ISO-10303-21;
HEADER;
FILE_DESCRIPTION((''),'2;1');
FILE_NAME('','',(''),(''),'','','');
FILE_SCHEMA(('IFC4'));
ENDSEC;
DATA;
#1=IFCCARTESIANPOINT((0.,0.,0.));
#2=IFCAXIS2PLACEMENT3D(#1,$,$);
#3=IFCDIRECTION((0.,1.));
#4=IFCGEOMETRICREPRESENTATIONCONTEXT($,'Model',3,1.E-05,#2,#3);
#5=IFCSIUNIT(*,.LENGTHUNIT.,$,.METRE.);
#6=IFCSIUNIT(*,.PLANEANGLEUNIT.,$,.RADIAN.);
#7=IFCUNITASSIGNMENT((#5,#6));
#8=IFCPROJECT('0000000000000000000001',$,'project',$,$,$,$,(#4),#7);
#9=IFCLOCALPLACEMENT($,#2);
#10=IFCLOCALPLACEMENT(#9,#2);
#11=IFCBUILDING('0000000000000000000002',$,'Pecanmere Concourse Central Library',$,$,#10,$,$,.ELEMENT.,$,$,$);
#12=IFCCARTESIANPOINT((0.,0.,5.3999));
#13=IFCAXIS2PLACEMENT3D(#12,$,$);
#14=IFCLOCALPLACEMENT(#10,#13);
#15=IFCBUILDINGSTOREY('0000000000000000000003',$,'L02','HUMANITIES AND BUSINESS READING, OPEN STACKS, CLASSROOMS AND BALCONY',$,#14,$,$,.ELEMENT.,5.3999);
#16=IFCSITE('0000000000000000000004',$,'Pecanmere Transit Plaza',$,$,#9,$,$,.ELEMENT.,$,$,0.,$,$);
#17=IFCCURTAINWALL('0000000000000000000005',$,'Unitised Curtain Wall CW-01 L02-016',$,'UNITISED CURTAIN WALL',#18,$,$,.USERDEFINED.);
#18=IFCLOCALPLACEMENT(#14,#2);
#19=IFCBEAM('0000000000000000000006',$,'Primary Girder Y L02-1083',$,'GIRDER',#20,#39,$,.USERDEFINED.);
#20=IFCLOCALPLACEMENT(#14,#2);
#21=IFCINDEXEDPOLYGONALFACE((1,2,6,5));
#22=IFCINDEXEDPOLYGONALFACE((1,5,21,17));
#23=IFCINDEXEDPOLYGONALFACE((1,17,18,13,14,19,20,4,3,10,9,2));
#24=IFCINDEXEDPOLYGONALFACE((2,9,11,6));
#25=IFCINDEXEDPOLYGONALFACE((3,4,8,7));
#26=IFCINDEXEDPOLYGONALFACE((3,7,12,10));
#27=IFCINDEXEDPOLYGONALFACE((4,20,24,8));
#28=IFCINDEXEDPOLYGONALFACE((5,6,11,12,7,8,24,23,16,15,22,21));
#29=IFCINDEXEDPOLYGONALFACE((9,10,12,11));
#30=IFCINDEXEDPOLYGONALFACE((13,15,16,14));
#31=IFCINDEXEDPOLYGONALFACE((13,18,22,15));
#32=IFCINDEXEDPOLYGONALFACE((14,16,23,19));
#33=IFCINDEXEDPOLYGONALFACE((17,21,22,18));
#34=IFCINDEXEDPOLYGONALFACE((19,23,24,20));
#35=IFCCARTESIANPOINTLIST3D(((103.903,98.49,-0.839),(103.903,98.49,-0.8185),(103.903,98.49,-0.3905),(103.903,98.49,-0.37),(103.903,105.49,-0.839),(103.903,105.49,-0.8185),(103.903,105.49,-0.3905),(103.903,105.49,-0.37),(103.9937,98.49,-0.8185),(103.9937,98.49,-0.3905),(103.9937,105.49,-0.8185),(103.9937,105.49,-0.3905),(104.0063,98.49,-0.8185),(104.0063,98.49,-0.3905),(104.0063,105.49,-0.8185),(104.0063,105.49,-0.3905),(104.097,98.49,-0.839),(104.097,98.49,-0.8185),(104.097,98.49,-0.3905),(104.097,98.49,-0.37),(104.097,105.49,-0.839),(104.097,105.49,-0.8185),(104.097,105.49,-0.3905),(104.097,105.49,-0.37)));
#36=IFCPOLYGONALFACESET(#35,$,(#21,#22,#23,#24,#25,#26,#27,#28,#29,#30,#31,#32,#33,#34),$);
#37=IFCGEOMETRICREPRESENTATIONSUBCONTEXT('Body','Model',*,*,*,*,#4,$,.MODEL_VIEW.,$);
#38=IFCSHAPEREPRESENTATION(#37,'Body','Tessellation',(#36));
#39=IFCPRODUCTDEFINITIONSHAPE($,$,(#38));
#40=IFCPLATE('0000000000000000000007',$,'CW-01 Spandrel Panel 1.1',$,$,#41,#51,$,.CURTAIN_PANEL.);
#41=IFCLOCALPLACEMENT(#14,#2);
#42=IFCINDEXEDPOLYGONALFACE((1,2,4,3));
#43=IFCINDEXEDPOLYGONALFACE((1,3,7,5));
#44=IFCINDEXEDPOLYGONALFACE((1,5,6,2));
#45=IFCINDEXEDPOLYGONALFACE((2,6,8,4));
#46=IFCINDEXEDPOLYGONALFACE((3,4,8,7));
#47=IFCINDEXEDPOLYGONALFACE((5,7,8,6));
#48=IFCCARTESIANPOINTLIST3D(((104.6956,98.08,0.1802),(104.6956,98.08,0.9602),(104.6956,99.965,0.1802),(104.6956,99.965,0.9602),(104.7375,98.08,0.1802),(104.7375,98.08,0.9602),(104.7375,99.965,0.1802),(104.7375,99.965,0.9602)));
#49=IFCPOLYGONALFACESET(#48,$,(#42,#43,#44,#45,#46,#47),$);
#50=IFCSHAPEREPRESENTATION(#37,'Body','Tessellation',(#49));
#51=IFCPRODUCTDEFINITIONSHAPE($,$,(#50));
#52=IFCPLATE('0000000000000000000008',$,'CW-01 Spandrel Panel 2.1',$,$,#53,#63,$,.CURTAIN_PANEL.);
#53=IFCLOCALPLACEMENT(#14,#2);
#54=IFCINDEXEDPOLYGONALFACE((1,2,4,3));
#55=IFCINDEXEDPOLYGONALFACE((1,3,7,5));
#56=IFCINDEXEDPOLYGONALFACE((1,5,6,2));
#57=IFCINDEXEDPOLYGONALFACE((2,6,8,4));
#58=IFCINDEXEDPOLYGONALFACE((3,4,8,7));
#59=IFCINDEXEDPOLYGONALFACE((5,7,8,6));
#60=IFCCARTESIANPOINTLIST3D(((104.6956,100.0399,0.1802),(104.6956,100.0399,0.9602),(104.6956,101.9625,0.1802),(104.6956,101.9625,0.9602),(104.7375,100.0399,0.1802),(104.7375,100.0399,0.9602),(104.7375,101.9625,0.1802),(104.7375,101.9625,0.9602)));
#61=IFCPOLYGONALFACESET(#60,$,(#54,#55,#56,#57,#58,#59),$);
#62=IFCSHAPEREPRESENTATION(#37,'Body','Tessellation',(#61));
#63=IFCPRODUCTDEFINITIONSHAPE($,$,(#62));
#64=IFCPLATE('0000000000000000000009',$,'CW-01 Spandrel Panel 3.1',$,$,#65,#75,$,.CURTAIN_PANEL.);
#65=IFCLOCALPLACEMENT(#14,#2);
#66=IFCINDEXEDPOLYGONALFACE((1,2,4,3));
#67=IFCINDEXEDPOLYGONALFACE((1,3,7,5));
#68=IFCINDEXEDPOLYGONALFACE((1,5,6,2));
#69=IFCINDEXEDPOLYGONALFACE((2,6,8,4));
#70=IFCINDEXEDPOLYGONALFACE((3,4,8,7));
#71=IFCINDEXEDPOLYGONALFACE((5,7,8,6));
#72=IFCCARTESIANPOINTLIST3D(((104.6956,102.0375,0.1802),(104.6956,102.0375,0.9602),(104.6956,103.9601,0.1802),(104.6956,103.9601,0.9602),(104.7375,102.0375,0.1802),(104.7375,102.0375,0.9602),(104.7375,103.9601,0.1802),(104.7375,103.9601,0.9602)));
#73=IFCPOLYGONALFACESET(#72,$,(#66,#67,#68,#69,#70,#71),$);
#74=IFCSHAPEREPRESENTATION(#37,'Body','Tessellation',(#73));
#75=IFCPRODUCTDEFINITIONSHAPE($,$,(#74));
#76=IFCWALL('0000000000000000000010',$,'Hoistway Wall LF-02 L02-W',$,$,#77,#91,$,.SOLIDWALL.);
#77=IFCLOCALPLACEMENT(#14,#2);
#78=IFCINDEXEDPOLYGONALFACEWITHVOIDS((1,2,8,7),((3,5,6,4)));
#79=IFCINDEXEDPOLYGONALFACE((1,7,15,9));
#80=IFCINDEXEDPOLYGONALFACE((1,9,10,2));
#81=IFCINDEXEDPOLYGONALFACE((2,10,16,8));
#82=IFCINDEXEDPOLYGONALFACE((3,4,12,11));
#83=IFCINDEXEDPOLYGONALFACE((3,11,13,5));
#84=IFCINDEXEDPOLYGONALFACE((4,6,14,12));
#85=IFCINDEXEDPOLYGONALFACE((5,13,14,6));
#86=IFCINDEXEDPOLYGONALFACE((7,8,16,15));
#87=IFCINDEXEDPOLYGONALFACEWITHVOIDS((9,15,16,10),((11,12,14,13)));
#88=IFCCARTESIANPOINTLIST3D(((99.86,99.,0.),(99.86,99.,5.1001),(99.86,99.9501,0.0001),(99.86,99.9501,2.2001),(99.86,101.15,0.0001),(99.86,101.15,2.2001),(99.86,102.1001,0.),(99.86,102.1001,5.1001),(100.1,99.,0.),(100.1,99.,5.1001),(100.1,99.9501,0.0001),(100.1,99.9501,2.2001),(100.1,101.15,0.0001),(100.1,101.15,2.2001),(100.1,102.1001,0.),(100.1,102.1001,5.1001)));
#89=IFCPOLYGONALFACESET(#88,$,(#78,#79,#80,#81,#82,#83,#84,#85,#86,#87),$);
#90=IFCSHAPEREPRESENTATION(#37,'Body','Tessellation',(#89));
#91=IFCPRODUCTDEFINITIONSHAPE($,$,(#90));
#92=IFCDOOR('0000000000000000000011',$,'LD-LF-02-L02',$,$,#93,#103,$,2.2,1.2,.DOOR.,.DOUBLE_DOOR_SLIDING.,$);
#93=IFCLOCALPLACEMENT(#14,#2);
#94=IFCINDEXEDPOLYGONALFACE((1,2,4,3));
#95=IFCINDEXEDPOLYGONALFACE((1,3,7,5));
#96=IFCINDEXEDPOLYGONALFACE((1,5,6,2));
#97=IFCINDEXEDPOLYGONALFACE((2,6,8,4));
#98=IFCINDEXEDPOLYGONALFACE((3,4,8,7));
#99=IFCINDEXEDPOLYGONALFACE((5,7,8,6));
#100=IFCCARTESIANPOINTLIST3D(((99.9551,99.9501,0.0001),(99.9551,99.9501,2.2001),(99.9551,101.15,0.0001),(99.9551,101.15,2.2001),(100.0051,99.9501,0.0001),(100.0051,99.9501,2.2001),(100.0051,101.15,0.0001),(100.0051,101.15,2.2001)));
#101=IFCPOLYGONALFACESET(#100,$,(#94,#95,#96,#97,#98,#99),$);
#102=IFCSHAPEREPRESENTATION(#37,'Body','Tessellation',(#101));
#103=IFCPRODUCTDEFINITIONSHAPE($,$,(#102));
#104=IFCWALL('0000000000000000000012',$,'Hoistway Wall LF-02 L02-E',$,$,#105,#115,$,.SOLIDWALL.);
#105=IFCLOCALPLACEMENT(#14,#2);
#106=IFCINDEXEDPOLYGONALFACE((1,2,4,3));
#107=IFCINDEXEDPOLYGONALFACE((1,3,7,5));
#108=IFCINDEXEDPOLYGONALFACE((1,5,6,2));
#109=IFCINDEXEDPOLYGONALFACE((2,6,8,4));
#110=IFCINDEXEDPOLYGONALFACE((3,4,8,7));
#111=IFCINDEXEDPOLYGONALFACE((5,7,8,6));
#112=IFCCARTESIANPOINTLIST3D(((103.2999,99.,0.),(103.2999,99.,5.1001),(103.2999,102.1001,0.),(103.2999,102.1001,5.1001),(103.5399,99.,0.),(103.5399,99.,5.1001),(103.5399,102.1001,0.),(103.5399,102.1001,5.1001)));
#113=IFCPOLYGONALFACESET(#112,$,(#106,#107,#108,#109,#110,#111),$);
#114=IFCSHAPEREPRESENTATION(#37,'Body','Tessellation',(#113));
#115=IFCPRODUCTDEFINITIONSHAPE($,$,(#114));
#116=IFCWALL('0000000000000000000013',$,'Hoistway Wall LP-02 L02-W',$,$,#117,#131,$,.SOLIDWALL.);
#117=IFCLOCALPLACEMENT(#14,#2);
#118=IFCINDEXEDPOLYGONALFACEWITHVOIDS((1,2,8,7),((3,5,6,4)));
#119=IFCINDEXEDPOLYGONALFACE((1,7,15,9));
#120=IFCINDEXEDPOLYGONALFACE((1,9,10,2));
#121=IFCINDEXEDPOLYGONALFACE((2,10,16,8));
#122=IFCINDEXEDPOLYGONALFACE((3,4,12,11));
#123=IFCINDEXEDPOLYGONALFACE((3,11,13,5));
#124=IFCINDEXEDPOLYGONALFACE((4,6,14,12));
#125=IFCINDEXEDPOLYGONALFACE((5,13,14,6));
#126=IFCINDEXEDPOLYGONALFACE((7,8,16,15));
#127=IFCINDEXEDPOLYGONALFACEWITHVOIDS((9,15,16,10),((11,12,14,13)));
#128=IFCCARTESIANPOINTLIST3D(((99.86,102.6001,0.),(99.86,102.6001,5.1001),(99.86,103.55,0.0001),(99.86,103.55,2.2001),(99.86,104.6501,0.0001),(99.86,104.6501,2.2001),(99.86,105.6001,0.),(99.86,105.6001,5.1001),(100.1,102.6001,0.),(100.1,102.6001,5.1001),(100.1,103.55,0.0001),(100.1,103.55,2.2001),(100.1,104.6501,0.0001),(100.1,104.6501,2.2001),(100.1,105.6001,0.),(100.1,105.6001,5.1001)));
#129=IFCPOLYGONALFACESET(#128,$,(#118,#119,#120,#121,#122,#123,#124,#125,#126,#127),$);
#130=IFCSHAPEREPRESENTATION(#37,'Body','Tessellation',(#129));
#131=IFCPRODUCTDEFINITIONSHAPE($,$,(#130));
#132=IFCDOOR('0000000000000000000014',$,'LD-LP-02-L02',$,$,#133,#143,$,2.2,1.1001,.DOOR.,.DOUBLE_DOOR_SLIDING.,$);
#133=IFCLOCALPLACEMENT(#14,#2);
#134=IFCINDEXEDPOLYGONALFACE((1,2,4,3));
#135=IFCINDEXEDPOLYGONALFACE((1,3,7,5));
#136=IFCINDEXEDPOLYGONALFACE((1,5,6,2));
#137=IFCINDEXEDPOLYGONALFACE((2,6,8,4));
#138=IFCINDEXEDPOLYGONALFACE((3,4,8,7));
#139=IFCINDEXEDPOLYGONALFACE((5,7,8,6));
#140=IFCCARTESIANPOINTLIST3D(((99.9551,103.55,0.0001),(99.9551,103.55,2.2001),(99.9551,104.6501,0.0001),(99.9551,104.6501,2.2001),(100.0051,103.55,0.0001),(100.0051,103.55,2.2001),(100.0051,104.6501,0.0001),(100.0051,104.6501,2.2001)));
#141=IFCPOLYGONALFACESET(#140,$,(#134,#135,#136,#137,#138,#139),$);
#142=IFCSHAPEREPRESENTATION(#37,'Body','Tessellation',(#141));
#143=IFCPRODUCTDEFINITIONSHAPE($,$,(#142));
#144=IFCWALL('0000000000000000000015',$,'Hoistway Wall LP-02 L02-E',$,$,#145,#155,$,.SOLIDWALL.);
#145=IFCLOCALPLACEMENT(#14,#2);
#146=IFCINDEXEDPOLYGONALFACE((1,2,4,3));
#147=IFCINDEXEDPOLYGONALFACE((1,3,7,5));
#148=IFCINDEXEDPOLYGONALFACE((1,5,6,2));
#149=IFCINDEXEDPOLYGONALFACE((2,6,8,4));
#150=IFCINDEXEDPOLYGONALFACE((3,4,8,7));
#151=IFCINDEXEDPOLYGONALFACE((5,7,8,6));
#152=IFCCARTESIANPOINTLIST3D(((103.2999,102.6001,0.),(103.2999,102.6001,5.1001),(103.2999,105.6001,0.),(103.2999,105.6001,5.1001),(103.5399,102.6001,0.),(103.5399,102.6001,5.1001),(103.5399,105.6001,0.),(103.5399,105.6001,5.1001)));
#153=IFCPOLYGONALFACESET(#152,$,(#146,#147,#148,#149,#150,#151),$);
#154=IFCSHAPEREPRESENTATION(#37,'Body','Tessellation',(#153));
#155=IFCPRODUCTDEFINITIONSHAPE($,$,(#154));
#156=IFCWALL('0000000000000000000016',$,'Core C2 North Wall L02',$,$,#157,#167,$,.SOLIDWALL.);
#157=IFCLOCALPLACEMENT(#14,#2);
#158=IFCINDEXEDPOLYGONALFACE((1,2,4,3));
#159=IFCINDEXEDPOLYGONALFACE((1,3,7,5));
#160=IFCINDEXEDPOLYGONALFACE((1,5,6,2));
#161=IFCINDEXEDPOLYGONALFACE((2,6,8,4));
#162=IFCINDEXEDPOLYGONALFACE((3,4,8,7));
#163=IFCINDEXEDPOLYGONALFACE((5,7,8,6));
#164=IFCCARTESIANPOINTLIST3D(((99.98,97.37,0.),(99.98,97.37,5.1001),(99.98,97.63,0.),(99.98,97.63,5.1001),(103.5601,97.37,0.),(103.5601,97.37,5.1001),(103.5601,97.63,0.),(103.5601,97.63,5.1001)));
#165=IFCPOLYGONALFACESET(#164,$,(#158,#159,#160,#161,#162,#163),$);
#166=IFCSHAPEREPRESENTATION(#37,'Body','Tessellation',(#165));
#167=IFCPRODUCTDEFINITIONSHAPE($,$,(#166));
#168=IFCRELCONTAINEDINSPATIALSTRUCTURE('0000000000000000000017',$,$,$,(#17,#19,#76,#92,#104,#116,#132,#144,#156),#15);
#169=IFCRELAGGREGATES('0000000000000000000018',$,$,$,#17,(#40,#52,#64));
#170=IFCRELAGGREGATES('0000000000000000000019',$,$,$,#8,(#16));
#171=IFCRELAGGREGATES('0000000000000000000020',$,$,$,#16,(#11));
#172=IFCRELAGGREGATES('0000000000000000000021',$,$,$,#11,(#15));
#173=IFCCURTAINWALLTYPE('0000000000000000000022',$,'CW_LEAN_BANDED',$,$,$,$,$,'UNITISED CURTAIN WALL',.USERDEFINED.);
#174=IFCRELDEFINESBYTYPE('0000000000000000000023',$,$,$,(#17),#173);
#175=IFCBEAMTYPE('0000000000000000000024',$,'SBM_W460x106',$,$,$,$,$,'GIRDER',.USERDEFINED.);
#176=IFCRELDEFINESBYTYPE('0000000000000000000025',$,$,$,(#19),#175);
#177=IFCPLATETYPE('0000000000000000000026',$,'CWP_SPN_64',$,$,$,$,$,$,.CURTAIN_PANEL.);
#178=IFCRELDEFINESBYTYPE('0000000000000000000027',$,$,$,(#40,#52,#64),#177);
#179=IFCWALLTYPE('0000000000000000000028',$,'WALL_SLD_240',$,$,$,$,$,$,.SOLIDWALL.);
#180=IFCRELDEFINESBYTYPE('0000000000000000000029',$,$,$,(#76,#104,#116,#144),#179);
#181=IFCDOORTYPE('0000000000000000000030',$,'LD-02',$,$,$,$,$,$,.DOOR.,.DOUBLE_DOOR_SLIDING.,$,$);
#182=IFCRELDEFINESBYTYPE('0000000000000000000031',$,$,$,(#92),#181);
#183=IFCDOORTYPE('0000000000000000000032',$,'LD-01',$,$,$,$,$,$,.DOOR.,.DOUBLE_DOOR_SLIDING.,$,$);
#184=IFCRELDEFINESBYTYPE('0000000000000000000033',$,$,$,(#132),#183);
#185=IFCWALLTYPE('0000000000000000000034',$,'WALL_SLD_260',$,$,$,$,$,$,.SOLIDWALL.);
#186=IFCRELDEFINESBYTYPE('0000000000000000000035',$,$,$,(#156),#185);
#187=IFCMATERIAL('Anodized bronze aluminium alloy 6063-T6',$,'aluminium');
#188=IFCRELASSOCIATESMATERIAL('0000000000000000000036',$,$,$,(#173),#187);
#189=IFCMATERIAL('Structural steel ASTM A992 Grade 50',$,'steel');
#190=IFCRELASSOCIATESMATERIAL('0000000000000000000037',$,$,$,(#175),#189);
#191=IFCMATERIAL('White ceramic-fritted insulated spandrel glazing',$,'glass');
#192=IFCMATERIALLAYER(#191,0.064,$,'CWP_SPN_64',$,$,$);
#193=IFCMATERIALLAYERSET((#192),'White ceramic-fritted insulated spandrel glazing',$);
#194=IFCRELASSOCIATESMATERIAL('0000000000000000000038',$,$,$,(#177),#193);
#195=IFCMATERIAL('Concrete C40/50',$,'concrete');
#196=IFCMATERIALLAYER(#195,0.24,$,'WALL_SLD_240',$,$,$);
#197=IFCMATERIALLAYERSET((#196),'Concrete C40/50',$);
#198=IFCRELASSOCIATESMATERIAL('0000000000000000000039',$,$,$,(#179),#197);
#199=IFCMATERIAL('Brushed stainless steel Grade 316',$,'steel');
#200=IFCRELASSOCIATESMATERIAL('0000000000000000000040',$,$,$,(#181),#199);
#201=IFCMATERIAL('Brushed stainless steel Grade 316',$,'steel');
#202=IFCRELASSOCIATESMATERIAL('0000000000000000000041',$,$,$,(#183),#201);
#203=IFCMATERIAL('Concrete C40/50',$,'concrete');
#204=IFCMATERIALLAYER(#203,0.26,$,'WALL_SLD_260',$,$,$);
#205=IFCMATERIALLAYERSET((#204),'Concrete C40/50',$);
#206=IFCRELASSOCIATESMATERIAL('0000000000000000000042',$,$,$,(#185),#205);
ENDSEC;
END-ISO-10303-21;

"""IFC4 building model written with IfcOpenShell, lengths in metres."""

from ifc_helpers import new_model, si_unit, direction, frame, frame_2d, origin, origin_2d, place, context, subcontext, project, spatial, rectangle, i_section, extrude, material, layer, layer_set, material_profile, profile_set, type_object, element, fill, aggregate, save


model = new_model("IFC4")

# Units and contexts
model_context = context("Model", 3, precision=1e-05, world=origin(), true_north=direction((0.0, 1.0)))
body_context = subcontext(model_context, "Body", "Model", "MODEL_VIEW")
ifc_project = project(units=[si_unit("LENGTHUNIT", "METRE"), si_unit("PLANEANGLEUNIT", "RADIAN")], contexts=[model_context])

# Site, building, storey
site_placement = place(None, origin())
site = spatial("IfcSite", under=ifc_project, at=site_placement, Name="Pecanmere Transit Plaza", CompositionType="ELEMENT", RefElevation=0.0)
building_placement = place(site_placement, origin())
building = spatial("IfcBuilding", under=site, at=building_placement, Name="Pecanmere Concourse Central Library", CompositionType="ELEMENT")
storey_placement = place(building_placement, frame((0.0, 0.0, 5.3999)))
storey = spatial("IfcBuildingStorey", under=building, at=storey_placement, Name="L02", Description="HUMANITIES AND BUSINESS READING, OPEN STACKS, CLASSROOMS AND BALCONY", CompositionType="ELEMENT", Elevation=5.3999)

# Curtain wall
ifc_material_1 = material(Name="Anodized bronze aluminium alloy 6063-T6", Category="aluminium")
curtain_wall_type = type_object("IfcCurtainWallType", Name="CW_LEAN_BANDED", ElementType="UNITISED CURTAIN WALL", PredefinedType="USERDEFINED", material=ifc_material_1)
curtain_wall_1_placement = place(storey_placement, origin())
curtain_wall_1 = element("IfcCurtainWall", 1, at=curtain_wall_1_placement, inside=storey, type_object=curtain_wall_type, Name="Unitised Curtain Wall CW-01 L02-016", ObjectType="UNITISED CURTAIN WALL", PredefinedType="USERDEFINED")

# Beam
ifc_material_2 = material(Name="Structural steel ASTM A992 Grade 50", Category="steel")
ifc_material_profile_1 = material_profile(ifc_material_2, i_section(OverallWidth=0.1941, OverallDepth=0.469, WebThickness=0.0127, FlangeThickness=0.0205, at=origin_2d()), Name="W460x106")
ifc_profile_set_1 = profile_set([ifc_material_profile_1], Name="Structural steel ASTM A992 Grade 50")
beam_type_1 = type_object("IfcBeamType", Name="SBM_W460x106", ElementType="GIRDER", PredefinedType="USERDEFINED", material=ifc_profile_set_1)
beam_1_placement = place(storey_placement, frame((104.0, 98.49, -0.6045), z_axis=(0.0, 1.0, 0.0), x_axis=(-1.0, 0.0, 0.0)))
element("IfcBeam", 2, at=beam_1_placement, inside=storey, type_object=beam_type_1, Name="Primary Girder Y L02-1083", ObjectType="GIRDER", PredefinedType="USERDEFINED", context=body_context, shape_type="SweptSolid", body=[
    extrude(i_section(OverallWidth=0.1941, OverallDepth=0.469, WebThickness=0.0127, FlangeThickness=0.0205, at=origin_2d()), origin(), (0.0, 0.0, 1.0), 7.0),
])

# Plates
ifc_material_3 = material(Name="White ceramic-fritted insulated spandrel glazing", Category="glass")
ifc_layer_1 = layer(ifc_material_3, 0.064, Name="CWP_SPN_64")
ifc_layer_set_1 = layer_set([ifc_layer_1], Name="White ceramic-fritted insulated spandrel glazing")
plate_type = type_object("IfcPlateType", Name="CWP_SPN_64", PredefinedType="CURTAIN_PANEL", material=ifc_layer_set_1)
plate_1_placement = place(storey_placement, frame((104.7166, 99.0225, 0.1802), z_axis=(0.0, 0.0, 1.0), x_axis=(0.0, 1.0, 0.0)))
plate_1 = element("IfcPlate", 3, at=plate_1_placement, type_object=plate_type, Name="CW-01 Spandrel Panel 1.1", PredefinedType="CURTAIN_PANEL", context=body_context, shape_type="SweptSolid", body=[
    extrude(rectangle(XDim=1.885, YDim=0.042, at=origin_2d()), origin(), (0.0, 0.0, 1.0), 0.78),
])
plate_2_placement = place(storey_placement, frame((104.7166, 101.0012, 0.1802), z_axis=(0.0, 0.0, 1.0), x_axis=(0.0, 1.0, 0.0)))
plate_2 = element("IfcPlate", 4, at=plate_2_placement, type_object=plate_type, Name="CW-01 Spandrel Panel 2.1", PredefinedType="CURTAIN_PANEL", context=body_context, shape_type="SweptSolid", body=[
    extrude(rectangle(XDim=1.9226, YDim=0.042, at=origin_2d()), origin(), (0.0, 0.0, 1.0), 0.78),
])
plate_3_placement = place(storey_placement, frame((104.7166, 102.9988, 0.1802), z_axis=(0.0, 0.0, 1.0), x_axis=(0.0, 1.0, 0.0)))
plate_3 = element("IfcPlate", 5, at=plate_3_placement, type_object=plate_type, Name="CW-01 Spandrel Panel 3.1", PredefinedType="CURTAIN_PANEL", context=body_context, shape_type="SweptSolid", body=[
    extrude(rectangle(XDim=1.9226, YDim=0.042, at=origin_2d()), origin(), (0.0, 0.0, 1.0), 0.78),
])
aggregate(curtain_wall_1, [plate_1, plate_2, plate_3])

# Wall, opening, door
ifc_material_4 = material(Name="Concrete C40/50", Category="concrete")
ifc_layer_2 = layer(ifc_material_4, 0.24, Name="WALL_SLD_240")
ifc_layer_set_2 = layer_set([ifc_layer_2], Name="Concrete C40/50")
wall_type_1 = type_object("IfcWallType", Name="WALL_SLD_240", PredefinedType="SOLIDWALL", material=ifc_layer_set_2)
wall_1_placement = place(storey_placement, frame((99.98, 99.0, 0.0), z_axis=(0.0, 0.0, 1.0), x_axis=(0.0, 1.0, 0.0)))
wall_1 = element("IfcWall", 6, at=wall_1_placement, inside=storey, type_object=wall_type_1, Name="Hoistway Wall LF-02 L02-W", PredefinedType="SOLIDWALL", context=body_context, shape_type="SweptSolid", body=[
    extrude(rectangle(XDim=3.1001, YDim=0.24, at=frame_2d((1.55, 0.0))), origin(), (0.0, 0.0, 1.0), 5.1001),
])
opening_1_placement = place(wall_1_placement, frame((0.95, 0.0, 0.0)))
opening_1 = element("IfcOpeningElement", 7, at=opening_1_placement, cuts=wall_1, PredefinedType="OPENING", context=body_context, shape_type="SweptSolid", body=[
    extrude(rectangle(XDim=1.2, YDim=2.2, at=frame_2d((0.6001, 1.1001))), frame((0.0, 0.1318, 0.0), z_axis=(0.0, -1.0, 0.0), x_axis=(1.0, 0.0, 0.0)), (0.0, 0.0, 1.0), 0.2639),
])
ifc_material_5 = material(Name="Brushed stainless steel Grade 316", Category="steel")
door_type_1 = type_object("IfcDoorType", Name="LD-02", OperationType="DOUBLE_DOOR_SLIDING", PredefinedType="DOOR", material=ifc_material_5)
door_1_placement = place(opening_1_placement, origin())
door_1 = element("IfcDoor", 8, at=door_1_placement, inside=storey, type_object=door_type_1, Name="LD-LF-02-L02", OperationType="DOUBLE_DOOR_SLIDING", OverallHeight=2.2, OverallWidth=1.2, PredefinedType="DOOR", context=body_context, shape_type="SweptSolid", body=[
    extrude(rectangle(XDim=1.2, YDim=2.2, at=frame_2d((0.6001, 1.1001))), frame((0.0, 0.0249, 0.0), z_axis=(0.0, -1.0, 0.0), x_axis=(1.0, 0.0, 0.0)), (0.0, 0.0, 1.0), 0.05),
])
fill(opening_1, door_1)

# Wall
wall_2_placement = place(storey_placement, frame((103.4199, 99.0, 0.0), z_axis=(0.0, 0.0, 1.0), x_axis=(0.0, 1.0, 0.0)))
element("IfcWall", 9, at=wall_2_placement, inside=storey, type_object=wall_type_1, Name="Hoistway Wall LF-02 L02-E", PredefinedType="SOLIDWALL", context=body_context, shape_type="SweptSolid", body=[
    extrude(rectangle(XDim=3.1001, YDim=0.24, at=frame_2d((1.55, 0.0))), origin(), (0.0, 0.0, 1.0), 5.1001),
])

# Wall, opening, door
wall_3_placement = place(storey_placement, frame((99.98, 102.6001, 0.0), z_axis=(0.0, 0.0, 1.0), x_axis=(0.0, 1.0, 0.0)))
wall_3 = element("IfcWall", 10, at=wall_3_placement, inside=storey, type_object=wall_type_1, Name="Hoistway Wall LP-02 L02-W", PredefinedType="SOLIDWALL", context=body_context, shape_type="SweptSolid", body=[
    extrude(rectangle(XDim=3.0, YDim=0.24, at=frame_2d((1.5, 0.0))), origin(), (0.0, 0.0, 1.0), 5.1001),
])
opening_2_placement = place(wall_3_placement, frame((0.95, 0.0, 0.0)))
opening_2 = element("IfcOpeningElement", 11, at=opening_2_placement, cuts=wall_3, PredefinedType="OPENING", context=body_context, shape_type="SweptSolid", body=[
    extrude(rectangle(XDim=1.1001, YDim=2.2, at=frame_2d((0.55, 1.1001))), frame((0.0, 0.1318, 0.0), z_axis=(0.0, -1.0, 0.0), x_axis=(1.0, 0.0, 0.0)), (0.0, 0.0, 1.0), 0.2639),
])
ifc_material_6 = material(Name="Brushed stainless steel Grade 316", Category="steel")
door_type_2 = type_object("IfcDoorType", Name="LD-01", OperationType="DOUBLE_DOOR_SLIDING", PredefinedType="DOOR", material=ifc_material_6)
door_2_placement = place(opening_2_placement, origin())
door_2 = element("IfcDoor", 12, at=door_2_placement, inside=storey, type_object=door_type_2, Name="LD-LP-02-L02", OperationType="DOUBLE_DOOR_SLIDING", OverallHeight=2.2, OverallWidth=1.1001, PredefinedType="DOOR", context=body_context, shape_type="SweptSolid", body=[
    extrude(rectangle(XDim=1.1001, YDim=2.2, at=frame_2d((0.55, 1.1001))), frame((0.0, 0.0249, 0.0), z_axis=(0.0, -1.0, 0.0), x_axis=(1.0, 0.0, 0.0)), (0.0, 0.0, 1.0), 0.05),
])
fill(opening_2, door_2)

# Walls
wall_4_placement = place(storey_placement, frame((103.4199, 102.6001, 0.0), z_axis=(0.0, 0.0, 1.0), x_axis=(0.0, 1.0, 0.0)))
element("IfcWall", 13, at=wall_4_placement, inside=storey, type_object=wall_type_1, Name="Hoistway Wall LP-02 L02-E", PredefinedType="SOLIDWALL", context=body_context, shape_type="SweptSolid", body=[
    extrude(rectangle(XDim=3.0, YDim=0.24, at=frame_2d((1.5, 0.0))), origin(), (0.0, 0.0, 1.0), 5.1001),
])
ifc_material_7 = material(Name="Concrete C40/50", Category="concrete")
ifc_layer_3 = layer(ifc_material_7, 0.26, Name="WALL_SLD_260")
ifc_layer_set_3 = layer_set([ifc_layer_3], Name="Concrete C40/50")
wall_type_2 = type_object("IfcWallType", Name="WALL_SLD_260", PredefinedType="SOLIDWALL", material=ifc_layer_set_3)
wall_5_placement = place(storey_placement, frame((99.98, 97.5, 0.0), z_axis=(0.0, 0.0, 1.0), x_axis=(1.0, 0.0, 0.0)))
element("IfcWall", 14, at=wall_5_placement, inside=storey, type_object=wall_type_2, Name="Core C2 North Wall L02", PredefinedType="SOLIDWALL", context=body_context, shape_type="SweptSolid", body=[
    extrude(rectangle(XDim=3.5801, YDim=0.26, at=frame_2d((1.79, 0.0))), origin(), (0.0, 0.0, 1.0), 5.1001),
])

save(model, "model.ifc")
